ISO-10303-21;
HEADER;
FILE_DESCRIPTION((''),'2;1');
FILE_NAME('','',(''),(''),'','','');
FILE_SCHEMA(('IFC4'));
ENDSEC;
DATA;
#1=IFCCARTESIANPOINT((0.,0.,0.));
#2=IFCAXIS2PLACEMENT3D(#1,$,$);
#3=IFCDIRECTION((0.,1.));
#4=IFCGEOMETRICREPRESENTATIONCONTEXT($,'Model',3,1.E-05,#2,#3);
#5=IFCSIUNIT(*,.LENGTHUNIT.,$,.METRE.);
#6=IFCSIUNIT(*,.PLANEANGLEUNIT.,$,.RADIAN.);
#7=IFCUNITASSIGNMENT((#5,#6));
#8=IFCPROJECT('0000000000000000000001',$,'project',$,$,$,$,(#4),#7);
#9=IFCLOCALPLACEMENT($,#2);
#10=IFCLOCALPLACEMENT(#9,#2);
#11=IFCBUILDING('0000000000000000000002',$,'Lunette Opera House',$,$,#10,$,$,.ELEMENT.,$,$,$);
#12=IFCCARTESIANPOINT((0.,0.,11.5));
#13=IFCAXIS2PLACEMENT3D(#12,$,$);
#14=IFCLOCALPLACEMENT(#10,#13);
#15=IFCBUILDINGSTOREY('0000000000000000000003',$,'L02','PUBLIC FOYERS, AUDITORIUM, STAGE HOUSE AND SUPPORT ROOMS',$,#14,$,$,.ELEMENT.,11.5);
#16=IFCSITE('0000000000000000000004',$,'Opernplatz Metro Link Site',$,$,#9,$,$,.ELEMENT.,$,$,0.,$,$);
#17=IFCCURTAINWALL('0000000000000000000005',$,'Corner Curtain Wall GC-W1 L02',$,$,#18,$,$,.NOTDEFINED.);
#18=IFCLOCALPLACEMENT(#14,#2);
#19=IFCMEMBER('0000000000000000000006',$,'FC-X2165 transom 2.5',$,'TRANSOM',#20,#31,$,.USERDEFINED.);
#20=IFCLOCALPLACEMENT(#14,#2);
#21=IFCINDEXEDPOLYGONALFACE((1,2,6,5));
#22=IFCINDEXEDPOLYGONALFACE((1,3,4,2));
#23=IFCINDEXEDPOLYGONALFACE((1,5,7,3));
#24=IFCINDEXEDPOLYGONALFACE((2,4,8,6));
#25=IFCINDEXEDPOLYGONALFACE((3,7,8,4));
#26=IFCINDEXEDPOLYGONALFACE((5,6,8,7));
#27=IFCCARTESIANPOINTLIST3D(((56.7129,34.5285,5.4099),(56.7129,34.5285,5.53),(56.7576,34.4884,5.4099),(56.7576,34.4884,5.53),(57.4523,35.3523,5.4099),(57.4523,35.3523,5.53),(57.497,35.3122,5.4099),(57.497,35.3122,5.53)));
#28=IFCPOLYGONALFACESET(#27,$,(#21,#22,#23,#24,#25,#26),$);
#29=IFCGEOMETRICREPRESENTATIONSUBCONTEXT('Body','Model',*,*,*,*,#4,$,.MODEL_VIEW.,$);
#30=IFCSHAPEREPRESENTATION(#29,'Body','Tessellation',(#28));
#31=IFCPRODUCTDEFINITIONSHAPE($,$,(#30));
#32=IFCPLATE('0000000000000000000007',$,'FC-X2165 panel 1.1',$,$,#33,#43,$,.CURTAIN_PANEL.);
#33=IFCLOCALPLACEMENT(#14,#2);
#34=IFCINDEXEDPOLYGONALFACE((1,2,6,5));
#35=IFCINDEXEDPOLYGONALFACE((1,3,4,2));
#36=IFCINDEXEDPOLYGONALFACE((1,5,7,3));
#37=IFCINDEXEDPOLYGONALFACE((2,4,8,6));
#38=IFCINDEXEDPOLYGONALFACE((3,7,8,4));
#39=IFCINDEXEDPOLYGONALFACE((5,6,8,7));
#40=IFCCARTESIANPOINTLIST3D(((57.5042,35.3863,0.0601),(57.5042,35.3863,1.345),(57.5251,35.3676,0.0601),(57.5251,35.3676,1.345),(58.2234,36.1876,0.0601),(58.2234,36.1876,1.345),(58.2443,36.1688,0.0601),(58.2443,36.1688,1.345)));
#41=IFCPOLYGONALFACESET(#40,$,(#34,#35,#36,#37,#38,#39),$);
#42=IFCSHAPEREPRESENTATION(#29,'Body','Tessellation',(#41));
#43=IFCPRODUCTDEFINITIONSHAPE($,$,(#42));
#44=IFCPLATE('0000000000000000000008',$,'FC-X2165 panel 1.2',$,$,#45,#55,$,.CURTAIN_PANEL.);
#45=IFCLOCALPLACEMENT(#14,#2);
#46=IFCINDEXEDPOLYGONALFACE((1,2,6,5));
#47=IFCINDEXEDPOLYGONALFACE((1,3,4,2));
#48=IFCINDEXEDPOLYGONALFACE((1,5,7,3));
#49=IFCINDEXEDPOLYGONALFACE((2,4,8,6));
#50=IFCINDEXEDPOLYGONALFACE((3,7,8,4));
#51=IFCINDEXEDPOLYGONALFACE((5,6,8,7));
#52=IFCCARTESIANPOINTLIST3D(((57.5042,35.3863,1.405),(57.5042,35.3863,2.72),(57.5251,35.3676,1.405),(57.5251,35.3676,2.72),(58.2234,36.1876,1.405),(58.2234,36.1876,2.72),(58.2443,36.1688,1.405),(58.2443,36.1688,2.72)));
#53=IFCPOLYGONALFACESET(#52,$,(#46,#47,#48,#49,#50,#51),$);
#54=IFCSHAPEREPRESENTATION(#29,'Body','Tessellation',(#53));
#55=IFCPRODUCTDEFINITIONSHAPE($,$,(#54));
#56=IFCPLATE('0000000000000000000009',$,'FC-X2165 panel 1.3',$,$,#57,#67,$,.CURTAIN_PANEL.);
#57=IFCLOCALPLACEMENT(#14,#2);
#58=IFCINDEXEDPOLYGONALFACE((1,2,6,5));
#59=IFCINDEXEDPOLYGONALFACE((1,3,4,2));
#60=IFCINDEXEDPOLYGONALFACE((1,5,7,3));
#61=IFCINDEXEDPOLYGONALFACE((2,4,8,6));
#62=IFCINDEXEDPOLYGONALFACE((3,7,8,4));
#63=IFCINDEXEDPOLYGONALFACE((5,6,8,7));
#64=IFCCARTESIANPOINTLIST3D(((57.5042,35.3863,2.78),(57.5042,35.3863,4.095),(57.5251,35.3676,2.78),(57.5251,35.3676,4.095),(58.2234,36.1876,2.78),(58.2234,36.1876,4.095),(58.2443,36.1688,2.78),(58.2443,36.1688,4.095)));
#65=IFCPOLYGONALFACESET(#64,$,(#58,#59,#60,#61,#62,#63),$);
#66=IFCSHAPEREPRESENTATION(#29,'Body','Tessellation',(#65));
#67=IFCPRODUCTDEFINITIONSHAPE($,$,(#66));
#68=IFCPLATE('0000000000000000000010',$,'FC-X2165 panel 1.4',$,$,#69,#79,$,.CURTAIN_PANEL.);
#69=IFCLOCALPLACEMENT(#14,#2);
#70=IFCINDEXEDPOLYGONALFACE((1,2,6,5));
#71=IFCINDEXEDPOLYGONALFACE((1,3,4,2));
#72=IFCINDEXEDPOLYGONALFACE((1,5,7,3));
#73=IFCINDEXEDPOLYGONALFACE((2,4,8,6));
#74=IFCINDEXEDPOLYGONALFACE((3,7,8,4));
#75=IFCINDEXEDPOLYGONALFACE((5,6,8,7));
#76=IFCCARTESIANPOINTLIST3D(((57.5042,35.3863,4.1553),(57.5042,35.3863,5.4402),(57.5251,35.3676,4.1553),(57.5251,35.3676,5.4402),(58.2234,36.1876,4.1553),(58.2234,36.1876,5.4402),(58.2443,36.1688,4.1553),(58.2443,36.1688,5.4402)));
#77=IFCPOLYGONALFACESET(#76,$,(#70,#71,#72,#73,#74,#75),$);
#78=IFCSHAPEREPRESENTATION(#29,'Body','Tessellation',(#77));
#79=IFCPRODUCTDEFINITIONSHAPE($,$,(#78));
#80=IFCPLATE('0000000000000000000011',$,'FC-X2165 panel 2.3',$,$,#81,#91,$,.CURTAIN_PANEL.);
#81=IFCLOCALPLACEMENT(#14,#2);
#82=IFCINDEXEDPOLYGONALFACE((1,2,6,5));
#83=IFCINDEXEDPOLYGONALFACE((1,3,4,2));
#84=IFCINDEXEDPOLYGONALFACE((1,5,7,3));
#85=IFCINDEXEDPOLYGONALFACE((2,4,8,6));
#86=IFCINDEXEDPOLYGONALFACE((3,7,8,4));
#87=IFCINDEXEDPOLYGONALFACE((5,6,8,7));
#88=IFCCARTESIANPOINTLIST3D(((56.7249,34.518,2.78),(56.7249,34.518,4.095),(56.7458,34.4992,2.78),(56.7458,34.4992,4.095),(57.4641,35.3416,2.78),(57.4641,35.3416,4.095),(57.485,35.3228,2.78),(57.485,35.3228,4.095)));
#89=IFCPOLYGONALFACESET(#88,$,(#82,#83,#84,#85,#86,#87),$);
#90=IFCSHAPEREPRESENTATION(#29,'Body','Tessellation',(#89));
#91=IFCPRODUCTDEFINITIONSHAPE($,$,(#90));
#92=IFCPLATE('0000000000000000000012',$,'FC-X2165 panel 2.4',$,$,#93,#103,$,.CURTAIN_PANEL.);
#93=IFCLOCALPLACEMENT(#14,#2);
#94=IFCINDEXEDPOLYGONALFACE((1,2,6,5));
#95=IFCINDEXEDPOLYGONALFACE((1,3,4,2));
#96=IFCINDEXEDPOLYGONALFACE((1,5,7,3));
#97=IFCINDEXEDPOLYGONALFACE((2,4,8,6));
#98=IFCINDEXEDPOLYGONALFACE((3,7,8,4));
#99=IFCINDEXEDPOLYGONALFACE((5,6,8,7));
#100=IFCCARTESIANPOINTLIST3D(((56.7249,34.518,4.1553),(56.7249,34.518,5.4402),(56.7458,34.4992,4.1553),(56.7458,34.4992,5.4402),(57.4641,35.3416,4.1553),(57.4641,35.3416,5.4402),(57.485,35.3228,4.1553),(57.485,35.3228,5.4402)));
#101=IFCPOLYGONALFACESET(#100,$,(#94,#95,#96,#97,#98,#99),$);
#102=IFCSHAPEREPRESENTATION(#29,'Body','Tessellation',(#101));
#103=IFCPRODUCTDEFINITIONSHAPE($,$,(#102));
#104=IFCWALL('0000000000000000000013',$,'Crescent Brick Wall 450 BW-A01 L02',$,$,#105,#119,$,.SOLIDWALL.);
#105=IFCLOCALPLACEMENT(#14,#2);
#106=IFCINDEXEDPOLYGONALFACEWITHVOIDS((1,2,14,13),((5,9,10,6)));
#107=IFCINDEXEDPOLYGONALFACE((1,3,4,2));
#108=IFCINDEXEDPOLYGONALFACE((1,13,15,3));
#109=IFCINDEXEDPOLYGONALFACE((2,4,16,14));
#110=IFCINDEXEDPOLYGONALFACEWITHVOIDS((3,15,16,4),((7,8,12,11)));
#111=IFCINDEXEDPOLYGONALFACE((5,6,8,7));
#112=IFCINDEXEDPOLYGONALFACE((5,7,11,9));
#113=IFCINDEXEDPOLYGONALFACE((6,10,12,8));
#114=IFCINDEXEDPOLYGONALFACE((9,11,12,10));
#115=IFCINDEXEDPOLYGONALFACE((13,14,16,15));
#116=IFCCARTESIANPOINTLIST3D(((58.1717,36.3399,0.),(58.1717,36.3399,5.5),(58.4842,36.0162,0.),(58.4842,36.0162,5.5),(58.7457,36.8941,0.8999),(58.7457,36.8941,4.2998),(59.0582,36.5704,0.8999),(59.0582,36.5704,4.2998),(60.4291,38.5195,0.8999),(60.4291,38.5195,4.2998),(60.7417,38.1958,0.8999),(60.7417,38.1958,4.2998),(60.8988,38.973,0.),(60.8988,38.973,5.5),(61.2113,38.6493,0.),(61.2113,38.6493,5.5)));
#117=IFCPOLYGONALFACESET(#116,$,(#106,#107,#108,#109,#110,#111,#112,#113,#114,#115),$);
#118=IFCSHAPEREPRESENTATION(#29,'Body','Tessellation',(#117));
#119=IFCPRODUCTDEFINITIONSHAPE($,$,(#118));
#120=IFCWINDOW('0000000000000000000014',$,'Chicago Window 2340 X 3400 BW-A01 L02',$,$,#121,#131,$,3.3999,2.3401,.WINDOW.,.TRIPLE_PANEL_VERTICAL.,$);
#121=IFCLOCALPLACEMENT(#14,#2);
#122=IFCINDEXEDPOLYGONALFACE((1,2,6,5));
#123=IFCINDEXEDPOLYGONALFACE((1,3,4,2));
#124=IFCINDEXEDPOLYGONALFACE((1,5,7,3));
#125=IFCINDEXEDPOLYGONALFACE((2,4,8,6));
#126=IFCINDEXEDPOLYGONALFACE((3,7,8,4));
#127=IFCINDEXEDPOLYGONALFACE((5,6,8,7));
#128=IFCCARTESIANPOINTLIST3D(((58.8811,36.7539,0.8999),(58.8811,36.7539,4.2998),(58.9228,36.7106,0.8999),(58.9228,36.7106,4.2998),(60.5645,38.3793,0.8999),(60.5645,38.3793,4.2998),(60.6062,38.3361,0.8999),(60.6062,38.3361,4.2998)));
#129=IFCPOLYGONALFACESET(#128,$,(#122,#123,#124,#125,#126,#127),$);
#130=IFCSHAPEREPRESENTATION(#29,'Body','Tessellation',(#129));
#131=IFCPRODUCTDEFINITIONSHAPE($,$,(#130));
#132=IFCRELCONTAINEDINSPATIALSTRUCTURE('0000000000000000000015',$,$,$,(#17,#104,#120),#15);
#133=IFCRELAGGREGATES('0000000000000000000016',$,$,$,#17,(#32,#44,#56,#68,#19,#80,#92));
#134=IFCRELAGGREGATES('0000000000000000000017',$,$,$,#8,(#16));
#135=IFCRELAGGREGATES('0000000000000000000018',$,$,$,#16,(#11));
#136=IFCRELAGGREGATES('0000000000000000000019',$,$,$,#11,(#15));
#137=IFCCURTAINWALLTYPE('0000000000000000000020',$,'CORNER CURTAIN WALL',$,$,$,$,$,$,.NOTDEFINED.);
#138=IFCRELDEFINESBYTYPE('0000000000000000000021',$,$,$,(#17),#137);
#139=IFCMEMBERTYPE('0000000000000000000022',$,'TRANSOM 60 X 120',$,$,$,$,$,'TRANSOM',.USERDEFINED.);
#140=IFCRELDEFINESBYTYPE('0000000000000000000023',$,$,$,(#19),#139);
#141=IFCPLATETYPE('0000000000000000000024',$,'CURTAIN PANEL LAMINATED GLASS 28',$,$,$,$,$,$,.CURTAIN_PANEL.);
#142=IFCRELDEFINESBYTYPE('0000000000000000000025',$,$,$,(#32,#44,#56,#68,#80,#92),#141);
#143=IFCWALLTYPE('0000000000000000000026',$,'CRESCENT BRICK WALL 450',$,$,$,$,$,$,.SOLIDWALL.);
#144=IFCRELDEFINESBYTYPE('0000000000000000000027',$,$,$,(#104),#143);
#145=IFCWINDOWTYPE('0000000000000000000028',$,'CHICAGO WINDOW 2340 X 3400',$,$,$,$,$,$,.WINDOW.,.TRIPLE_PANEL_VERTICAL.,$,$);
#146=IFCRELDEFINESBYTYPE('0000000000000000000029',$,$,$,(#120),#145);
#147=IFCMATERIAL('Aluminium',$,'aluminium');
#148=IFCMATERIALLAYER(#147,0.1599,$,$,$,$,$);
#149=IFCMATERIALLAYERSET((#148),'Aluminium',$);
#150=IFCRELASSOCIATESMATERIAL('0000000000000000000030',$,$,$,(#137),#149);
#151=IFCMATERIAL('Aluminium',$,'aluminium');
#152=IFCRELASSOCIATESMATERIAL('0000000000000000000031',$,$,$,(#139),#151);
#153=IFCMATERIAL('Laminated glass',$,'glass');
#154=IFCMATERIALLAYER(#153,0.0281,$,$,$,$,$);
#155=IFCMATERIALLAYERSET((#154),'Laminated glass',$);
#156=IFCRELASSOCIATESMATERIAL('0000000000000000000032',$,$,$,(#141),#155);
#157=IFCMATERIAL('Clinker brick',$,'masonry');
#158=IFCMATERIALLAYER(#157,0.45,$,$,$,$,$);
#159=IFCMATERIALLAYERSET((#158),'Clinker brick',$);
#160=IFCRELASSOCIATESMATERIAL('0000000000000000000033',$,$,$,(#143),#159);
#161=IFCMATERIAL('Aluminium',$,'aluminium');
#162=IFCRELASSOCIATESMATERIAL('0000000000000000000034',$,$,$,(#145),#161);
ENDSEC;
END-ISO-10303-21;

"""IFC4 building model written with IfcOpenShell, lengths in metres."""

from ifc_helpers import new_model, si_unit, direction, frame, frame_2d, origin, origin_2d, place, context, subcontext, project, spatial, rectangle, extrude, material, layer, layer_set, material_profile, profile_set, type_object, element, fill, aggregate, save


model = new_model("IFC4")

# Units and contexts
model_context = context("Model", 3, precision=1e-05, world=origin(), true_north=direction((0.0, 1.0)))
body_context = subcontext(model_context, "Body", "Model", "MODEL_VIEW")
ifc_project = project(units=[si_unit("LENGTHUNIT", "METRE"), si_unit("PLANEANGLEUNIT", "RADIAN")], contexts=[model_context])

# Site, building, storey
site_placement = place(None, origin())
site = spatial("IfcSite", under=ifc_project, at=site_placement, Name="Opernplatz Metro Link Site", CompositionType="ELEMENT", RefElevation=0.0)
building_placement = place(site_placement, origin())
building = spatial("IfcBuilding", under=site, at=building_placement, Name="Lunette Opera House", CompositionType="ELEMENT")
storey_placement = place(building_placement, frame((0.0, 0.0, 11.5)))
storey = spatial("IfcBuildingStorey", under=building, at=storey_placement, Name="L02", Description="PUBLIC FOYERS, AUDITORIUM, STAGE HOUSE AND SUPPORT ROOMS", CompositionType="ELEMENT", Elevation=11.5)

# Curtain wall
ifc_material_1 = material(Name="Aluminium", Category="aluminium")
ifc_layer_1 = layer(ifc_material_1, 0.1599)
ifc_layer_set_1 = layer_set([ifc_layer_1], Name="Aluminium")
curtain_wall_type = type_object("IfcCurtainWallType", Name="CORNER CURTAIN WALL", PredefinedType="NOTDEFINED", material=ifc_layer_set_1)
curtain_wall_placement = place(storey_placement, origin())
curtain_wall = element("IfcCurtainWall", 1, at=curtain_wall_placement, inside=storey, type_object=curtain_wall_type, Name="Corner Curtain Wall GC-W1 L02", PredefinedType="NOTDEFINED")

# Member
ifc_material_2 = material(Name="Aluminium", Category="aluminium")
ifc_material_profile_1 = material_profile(ifc_material_2, rectangle(XDim=0.0601, YDim=0.1201, at=origin_2d()), Name="TRANSOM 60 X 120")
ifc_profile_set_1 = profile_set([ifc_material_profile_1], Name="Aluminium")
member_type_1 = type_object("IfcMemberType", Name="TRANSOM 60 X 120", ElementType="TRANSOM", PredefinedType="USERDEFINED", material=ifc_profile_set_1)
member_1_placement = place(storey_placement, frame((57.4746, 35.3323, 5.47), z_axis=(-0.667916, -0.744237, 0.0), x_axis=(0.744237, -0.667916, 0.0)))
member_1 = element("IfcMember", 2, at=member_1_placement, type_object=member_type_1, Name="FC-X2165 transom 2.5", ObjectType="TRANSOM", PredefinedType="USERDEFINED", context=body_context, shape_type="SweptSolid", body=[
    extrude(rectangle(XDim=0.0601, YDim=0.1201, at=origin_2d()), origin(), (0.0, 0.0, 1.0), 1.1069),
])

# Plates
ifc_material_3 = material(Name="Laminated glass", Category="glass")
ifc_layer_2 = layer(ifc_material_3, 0.0281)
ifc_layer_set_2 = layer_set([ifc_layer_2], Name="Laminated glass")
plate_type = type_object("IfcPlateType", Name="CURTAIN PANEL LAMINATED GLASS 28", PredefinedType="CURTAIN_PANEL", material=ifc_layer_set_2)
plate_1_placement = place(storey_placement, frame((57.8743, 35.7776, 0.0601), z_axis=(0.0, 0.0, 1.0), x_axis=(-0.667938, -0.744217, 0.0)))
plate_1 = element("IfcPlate", 3, at=plate_1_placement, type_object=plate_type, Name="FC-X2165 panel 1.1", PredefinedType="CURTAIN_PANEL", context=body_context, shape_type="SweptSolid", body=[
    extrude(rectangle(XDim=1.0767, YDim=0.0281, at=origin_2d()), origin(), (0.0, 0.0, 1.0), 1.2849),
])
plate_2_placement = place(storey_placement, frame((57.8743, 35.7776, 1.405), z_axis=(0.0, 0.0, 1.0), x_axis=(-0.667938, -0.744217, 0.0)))
plate_2 = element("IfcPlate", 4, at=plate_2_placement, type_object=plate_type, Name="FC-X2165 panel 1.2", PredefinedType="CURTAIN_PANEL", context=body_context, shape_type="SweptSolid", body=[
    extrude(rectangle(XDim=1.0767, YDim=0.0281, at=origin_2d()), origin(), (0.0, 0.0, 1.0), 1.3149),
])
plate_3_placement = place(storey_placement, frame((57.8743, 35.7776, 2.78), z_axis=(0.0, 0.0, 1.0), x_axis=(-0.667938, -0.744217, 0.0)))
plate_3 = element("IfcPlate", 5, at=plate_3_placement, type_object=plate_type, Name="FC-X2165 panel 1.3", PredefinedType="CURTAIN_PANEL", context=body_context, shape_type="SweptSolid", body=[
    extrude(rectangle(XDim=1.0767, YDim=0.0281, at=origin_2d()), origin(), (0.0, 0.0, 1.0), 1.3149),
])
plate_4_placement = place(storey_placement, frame((57.8743, 35.7776, 4.1553), z_axis=(0.0, 0.0, 1.0), x_axis=(-0.667938, -0.744217, 0.0)))
plate_4 = element("IfcPlate", 6, at=plate_4_placement, type_object=plate_type, Name="FC-X2165 panel 1.4", PredefinedType="CURTAIN_PANEL", context=body_context, shape_type="SweptSolid", body=[
    extrude(rectangle(XDim=1.0767, YDim=0.0281, at=origin_2d()), origin(), (0.0, 0.0, 1.0), 1.2849),
])
plate_5_placement = place(storey_placement, frame((57.105, 34.9204, 2.78), z_axis=(0.0, 0.0, 1.0), x_axis=(-0.667938, -0.744217, 0.0)))
plate_5 = element("IfcPlate", 7, at=plate_5_placement, type_object=plate_type, Name="FC-X2165 panel 2.3", PredefinedType="CURTAIN_PANEL", context=body_context, shape_type="SweptSolid", body=[
    extrude(rectangle(XDim=1.1067, YDim=0.0281, at=origin_2d()), origin(), (0.0, 0.0, 1.0), 1.3149),
])
plate_6_placement = place(storey_placement, frame((57.105, 34.9204, 4.1553), z_axis=(0.0, 0.0, 1.0), x_axis=(-0.667938, -0.744217, 0.0)))
plate_6 = element("IfcPlate", 8, at=plate_6_placement, type_object=plate_type, Name="FC-X2165 panel 2.4", PredefinedType="CURTAIN_PANEL", context=body_context, shape_type="SweptSolid", body=[
    extrude(rectangle(XDim=1.1067, YDim=0.0281, at=origin_2d()), origin(), (0.0, 0.0, 1.0), 1.2849),
])
aggregate(curtain_wall, [plate_1, plate_2, plate_3, plate_4, member_1, plate_5, plate_6])

# Wall, opening, window
ifc_material_4 = material(Name="Clinker brick", Category="masonry")
ifc_layer_3 = layer(ifc_material_4, 0.45)
ifc_layer_set_3 = layer_set([ifc_layer_3], Name="Clinker brick")
wall_type = type_object("IfcWallType", Name="CRESCENT BRICK WALL 450", PredefinedType="SOLIDWALL", material=ifc_layer_set_3)
wall_placement = place(storey_placement, frame((58.3279, 36.178, 0.0), z_axis=(0.0, 0.0, 1.0), x_axis=(0.719396, 0.6946, 0.0)))
wall = element("IfcWall", 9, at=wall_placement, inside=storey, type_object=wall_type, Name="Crescent Brick Wall 450 BW-A01 L02", PredefinedType="SOLIDWALL", context=body_context, shape_type="SweptSolid", body=[
    extrude(rectangle(XDim=3.7908, YDim=0.45, at=frame_2d((1.8955, 0.0))), origin(), (0.0, 0.0, 1.0), 5.5),
])
opening_placement = place(wall_placement, frame((0.7981, 0.0, 0.8999)))
opening = element("IfcOpeningElement", 10, at=opening_placement, cuts=wall, PredefinedType="OPENING", context=body_context, shape_type="SweptSolid", body=[
    extrude(rectangle(XDim=2.3401, YDim=3.3999, at=frame_2d((1.1699, 1.7))), frame((0.0, 0.2371, 0.0), z_axis=(0.0, -1.0, 0.0), x_axis=(1.0, 0.0, 0.0)), (0.0, 0.0, 1.0), 0.4739),
])
ifc_material_5 = material(Name="Aluminium", Category="aluminium")
window_type = type_object("IfcWindowType", Name="CHICAGO WINDOW 2340 X 3400", PartitioningType="TRIPLE_PANEL_VERTICAL", PredefinedType="WINDOW", material=ifc_material_5)
window_placement = place(opening_placement, origin())
window = element("IfcWindow", 11, at=window_placement, inside=storey, type_object=window_type, Name="Chicago Window 2340 X 3400 BW-A01 L02", OverallHeight=3.3999, OverallWidth=2.3401, PartitioningType="TRIPLE_PANEL_VERTICAL", PredefinedType="WINDOW", context=body_context, shape_type="SweptSolid", body=[
    extrude(rectangle(XDim=2.3401, YDim=3.3999, at=frame_2d((1.1699, 1.7))), frame((0.0, 0.03, 0.0), z_axis=(0.0, -1.0, 0.0), x_axis=(1.0, 0.0, 0.0)), (0.0, 0.0, 1.0), 0.0601),
])
fill(opening, window)

save(model, "model.ifc")
